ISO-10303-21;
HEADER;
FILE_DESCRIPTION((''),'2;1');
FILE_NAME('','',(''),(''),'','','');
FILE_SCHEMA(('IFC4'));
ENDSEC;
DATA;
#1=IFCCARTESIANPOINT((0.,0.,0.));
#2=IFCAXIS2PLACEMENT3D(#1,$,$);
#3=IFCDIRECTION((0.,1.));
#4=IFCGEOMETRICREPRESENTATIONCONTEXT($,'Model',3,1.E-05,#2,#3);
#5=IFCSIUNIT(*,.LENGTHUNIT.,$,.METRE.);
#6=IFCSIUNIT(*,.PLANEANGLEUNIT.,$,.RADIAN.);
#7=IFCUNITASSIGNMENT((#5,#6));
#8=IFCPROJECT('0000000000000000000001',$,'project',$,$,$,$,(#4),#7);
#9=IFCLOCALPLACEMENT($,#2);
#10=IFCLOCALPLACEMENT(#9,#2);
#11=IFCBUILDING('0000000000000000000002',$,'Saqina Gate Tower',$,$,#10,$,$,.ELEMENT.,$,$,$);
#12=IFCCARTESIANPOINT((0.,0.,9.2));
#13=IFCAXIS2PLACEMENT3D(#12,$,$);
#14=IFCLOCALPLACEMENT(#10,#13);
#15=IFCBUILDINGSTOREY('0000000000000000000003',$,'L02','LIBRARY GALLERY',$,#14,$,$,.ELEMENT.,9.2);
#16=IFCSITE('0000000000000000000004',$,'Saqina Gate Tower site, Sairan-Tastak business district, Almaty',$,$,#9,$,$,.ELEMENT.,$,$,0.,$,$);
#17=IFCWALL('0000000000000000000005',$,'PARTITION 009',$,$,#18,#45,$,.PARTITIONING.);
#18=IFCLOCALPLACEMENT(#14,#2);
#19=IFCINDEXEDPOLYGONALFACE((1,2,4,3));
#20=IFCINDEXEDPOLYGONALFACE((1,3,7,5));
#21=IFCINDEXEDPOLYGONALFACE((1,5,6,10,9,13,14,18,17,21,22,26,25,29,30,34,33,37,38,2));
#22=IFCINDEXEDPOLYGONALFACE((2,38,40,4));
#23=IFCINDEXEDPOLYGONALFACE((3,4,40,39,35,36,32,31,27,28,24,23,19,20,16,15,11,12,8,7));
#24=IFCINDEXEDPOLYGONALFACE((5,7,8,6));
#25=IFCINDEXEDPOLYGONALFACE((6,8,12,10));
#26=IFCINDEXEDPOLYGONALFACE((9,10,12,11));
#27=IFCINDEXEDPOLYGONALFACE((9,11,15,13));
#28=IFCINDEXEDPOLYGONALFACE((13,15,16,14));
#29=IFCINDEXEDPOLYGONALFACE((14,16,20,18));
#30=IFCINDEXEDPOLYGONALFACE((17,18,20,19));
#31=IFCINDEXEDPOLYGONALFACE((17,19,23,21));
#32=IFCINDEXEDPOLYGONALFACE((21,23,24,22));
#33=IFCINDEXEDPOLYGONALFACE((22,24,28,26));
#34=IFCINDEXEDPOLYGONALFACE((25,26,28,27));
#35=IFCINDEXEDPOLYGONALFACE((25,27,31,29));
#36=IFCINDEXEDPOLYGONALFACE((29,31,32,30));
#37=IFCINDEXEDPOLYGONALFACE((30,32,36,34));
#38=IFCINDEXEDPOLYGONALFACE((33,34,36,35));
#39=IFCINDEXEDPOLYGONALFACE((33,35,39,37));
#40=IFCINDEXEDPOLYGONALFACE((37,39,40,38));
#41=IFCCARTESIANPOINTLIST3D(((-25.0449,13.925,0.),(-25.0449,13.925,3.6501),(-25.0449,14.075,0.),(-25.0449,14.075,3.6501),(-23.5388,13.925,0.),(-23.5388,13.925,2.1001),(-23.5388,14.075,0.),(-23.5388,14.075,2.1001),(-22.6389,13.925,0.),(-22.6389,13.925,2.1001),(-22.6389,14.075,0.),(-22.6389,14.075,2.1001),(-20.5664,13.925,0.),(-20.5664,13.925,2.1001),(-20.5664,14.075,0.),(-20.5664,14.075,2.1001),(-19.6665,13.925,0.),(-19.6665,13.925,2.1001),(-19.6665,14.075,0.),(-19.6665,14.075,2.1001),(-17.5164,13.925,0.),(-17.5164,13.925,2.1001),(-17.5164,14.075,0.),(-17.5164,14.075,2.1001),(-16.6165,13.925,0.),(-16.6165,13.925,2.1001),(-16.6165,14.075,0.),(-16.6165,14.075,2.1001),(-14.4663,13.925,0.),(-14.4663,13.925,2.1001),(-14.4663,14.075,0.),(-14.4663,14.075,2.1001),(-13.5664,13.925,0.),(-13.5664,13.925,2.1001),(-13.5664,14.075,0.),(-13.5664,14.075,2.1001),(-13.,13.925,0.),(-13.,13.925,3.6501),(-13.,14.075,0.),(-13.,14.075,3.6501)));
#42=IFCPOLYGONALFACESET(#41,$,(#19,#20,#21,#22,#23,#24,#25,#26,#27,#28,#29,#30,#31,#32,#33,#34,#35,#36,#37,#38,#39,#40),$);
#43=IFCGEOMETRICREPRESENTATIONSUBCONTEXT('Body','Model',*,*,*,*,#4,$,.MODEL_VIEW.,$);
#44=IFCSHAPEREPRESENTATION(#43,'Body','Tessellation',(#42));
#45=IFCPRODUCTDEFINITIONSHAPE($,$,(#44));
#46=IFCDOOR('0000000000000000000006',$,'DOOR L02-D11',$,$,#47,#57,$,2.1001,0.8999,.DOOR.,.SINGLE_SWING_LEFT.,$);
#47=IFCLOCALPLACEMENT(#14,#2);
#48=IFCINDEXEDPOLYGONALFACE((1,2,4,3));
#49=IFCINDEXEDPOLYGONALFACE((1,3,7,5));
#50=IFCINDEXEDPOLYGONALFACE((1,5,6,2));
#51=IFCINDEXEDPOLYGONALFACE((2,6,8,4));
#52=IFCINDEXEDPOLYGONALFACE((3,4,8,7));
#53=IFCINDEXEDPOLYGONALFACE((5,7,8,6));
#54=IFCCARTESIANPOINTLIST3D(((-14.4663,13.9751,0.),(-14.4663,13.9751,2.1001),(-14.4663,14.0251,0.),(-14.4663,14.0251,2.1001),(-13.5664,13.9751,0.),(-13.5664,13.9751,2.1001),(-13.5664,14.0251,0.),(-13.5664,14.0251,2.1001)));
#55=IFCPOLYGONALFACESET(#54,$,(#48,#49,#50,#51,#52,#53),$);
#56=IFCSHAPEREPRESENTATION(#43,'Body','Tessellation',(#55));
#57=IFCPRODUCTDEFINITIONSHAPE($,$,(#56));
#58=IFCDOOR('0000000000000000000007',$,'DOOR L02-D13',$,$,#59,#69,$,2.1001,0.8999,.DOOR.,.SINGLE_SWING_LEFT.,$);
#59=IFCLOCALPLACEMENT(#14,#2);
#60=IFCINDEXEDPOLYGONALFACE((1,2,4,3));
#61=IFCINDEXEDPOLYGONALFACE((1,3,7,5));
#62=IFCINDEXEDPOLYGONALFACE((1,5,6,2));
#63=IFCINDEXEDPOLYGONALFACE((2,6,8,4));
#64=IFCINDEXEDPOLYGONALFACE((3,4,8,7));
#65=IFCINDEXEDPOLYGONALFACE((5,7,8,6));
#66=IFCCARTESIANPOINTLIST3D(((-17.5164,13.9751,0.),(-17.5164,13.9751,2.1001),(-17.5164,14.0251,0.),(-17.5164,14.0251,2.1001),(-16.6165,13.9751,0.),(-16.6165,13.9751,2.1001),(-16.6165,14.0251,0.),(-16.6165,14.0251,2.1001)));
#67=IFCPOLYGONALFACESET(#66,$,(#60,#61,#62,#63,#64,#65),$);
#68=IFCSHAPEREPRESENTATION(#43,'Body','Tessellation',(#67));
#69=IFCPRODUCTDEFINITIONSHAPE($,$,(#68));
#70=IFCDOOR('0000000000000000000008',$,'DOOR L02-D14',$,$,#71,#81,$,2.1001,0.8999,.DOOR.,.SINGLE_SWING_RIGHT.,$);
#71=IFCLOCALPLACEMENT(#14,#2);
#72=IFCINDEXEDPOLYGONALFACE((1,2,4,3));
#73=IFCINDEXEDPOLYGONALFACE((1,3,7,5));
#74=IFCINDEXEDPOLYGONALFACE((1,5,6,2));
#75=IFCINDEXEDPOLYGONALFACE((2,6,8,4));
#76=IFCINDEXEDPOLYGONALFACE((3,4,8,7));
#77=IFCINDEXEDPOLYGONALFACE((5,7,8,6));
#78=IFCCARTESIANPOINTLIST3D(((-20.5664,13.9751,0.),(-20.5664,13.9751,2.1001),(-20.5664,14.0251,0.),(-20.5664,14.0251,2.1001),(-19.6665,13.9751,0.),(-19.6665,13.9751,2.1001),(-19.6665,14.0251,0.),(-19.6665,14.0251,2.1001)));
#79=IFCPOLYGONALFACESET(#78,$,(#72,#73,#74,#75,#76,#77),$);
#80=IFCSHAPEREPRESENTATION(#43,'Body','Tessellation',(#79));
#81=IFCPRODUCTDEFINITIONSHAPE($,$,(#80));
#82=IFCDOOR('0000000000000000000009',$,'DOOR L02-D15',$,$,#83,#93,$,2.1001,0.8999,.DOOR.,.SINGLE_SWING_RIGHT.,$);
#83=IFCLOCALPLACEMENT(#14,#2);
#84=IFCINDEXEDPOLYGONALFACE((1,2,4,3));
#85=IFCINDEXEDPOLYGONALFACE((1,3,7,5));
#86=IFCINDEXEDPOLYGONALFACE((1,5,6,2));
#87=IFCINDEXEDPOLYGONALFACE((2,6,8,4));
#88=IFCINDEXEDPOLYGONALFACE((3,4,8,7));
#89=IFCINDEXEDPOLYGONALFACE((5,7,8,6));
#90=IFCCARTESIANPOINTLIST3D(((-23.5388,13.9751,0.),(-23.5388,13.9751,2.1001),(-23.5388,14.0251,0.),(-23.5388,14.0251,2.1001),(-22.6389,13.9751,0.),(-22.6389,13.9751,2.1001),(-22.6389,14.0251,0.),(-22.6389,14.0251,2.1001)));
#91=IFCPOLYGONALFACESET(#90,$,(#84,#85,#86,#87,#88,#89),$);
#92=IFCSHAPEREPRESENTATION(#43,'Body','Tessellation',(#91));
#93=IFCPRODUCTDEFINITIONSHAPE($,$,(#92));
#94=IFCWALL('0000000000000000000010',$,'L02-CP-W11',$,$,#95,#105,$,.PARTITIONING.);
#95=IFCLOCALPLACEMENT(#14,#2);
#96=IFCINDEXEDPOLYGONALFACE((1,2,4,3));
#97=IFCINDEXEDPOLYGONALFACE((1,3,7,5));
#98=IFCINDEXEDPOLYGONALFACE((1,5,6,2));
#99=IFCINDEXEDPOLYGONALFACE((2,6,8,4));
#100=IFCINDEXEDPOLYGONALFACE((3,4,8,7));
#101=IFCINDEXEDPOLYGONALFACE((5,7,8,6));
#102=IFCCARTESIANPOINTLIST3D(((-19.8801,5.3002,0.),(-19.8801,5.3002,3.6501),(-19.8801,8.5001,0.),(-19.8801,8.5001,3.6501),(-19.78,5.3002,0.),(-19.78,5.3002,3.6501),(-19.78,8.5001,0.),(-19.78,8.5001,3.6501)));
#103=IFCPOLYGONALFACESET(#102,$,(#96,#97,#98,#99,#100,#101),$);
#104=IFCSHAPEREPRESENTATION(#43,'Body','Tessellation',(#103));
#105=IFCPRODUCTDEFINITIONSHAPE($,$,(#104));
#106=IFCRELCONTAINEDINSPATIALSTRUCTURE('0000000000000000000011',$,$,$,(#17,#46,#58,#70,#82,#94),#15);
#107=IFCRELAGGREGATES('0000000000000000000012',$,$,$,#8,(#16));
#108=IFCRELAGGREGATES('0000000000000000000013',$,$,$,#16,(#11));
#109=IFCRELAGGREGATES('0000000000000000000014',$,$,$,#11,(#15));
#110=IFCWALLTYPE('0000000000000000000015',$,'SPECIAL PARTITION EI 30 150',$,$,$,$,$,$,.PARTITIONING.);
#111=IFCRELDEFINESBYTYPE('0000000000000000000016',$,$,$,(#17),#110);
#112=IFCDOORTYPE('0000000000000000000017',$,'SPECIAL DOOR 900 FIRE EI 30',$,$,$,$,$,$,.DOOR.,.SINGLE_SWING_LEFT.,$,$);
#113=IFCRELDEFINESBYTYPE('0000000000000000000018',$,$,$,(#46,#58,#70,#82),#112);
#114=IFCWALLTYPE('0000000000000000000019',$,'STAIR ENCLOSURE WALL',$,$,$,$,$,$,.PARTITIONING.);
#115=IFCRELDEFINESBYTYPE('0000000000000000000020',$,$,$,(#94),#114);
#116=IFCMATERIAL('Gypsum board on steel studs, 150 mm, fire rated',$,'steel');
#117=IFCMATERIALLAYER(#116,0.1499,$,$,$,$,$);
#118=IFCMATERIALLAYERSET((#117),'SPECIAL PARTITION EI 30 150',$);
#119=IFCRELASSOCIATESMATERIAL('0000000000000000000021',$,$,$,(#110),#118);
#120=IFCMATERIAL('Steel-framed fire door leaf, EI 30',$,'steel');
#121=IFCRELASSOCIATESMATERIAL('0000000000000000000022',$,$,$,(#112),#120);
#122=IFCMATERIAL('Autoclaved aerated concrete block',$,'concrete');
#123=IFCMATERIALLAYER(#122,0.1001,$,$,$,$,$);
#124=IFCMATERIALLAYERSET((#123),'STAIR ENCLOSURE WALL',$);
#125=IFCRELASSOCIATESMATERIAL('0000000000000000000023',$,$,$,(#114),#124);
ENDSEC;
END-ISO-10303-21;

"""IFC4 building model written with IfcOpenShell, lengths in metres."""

from ifc_helpers import new_model, si_unit, direction, frame, frame_2d, origin, place, context, subcontext, project, spatial, rectangle, extrude, material, layer, layer_set, type_object, element, fill, save


model = new_model("IFC4")

# Units and contexts
model_context = context("Model", 3, precision=1e-05, world=origin(), true_north=direction((0.0, 1.0)))
body_context = subcontext(model_context, "Body", "Model", "MODEL_VIEW")
ifc_project = project(units=[si_unit("LENGTHUNIT", "METRE"), si_unit("PLANEANGLEUNIT", "RADIAN")], contexts=[model_context])

# Site, building, storey
site_placement = place(None, origin())
site = spatial("IfcSite", under=ifc_project, at=site_placement, Name="Saqina Gate Tower site, Sairan-Tastak business district, Almaty", CompositionType="ELEMENT", RefElevation=0.0)
building_placement = place(site_placement, origin())
building = spatial("IfcBuilding", under=site, at=building_placement, Name="Saqina Gate Tower", CompositionType="ELEMENT")
storey_placement = place(building_placement, frame((0.0, 0.0, 9.2)))
storey = spatial("IfcBuildingStorey", under=building, at=storey_placement, Name="L02", Description="LIBRARY GALLERY", CompositionType="ELEMENT", Elevation=9.2)

# Wall, openings, doors
ifc_material_1 = material(Name="Gypsum board on steel studs, 150 mm, fire rated", Category="steel")
ifc_layer_1 = layer(ifc_material_1, 0.1499)
ifc_layer_set_1 = layer_set([ifc_layer_1], Name="SPECIAL PARTITION EI 30 150")
wall_type_1 = type_object("IfcWallType", Name="SPECIAL PARTITION EI 30 150", PredefinedType="PARTITIONING", material=ifc_layer_set_1)
wall_1_placement = place(storey_placement, frame((-25.0449, 14.0, 0.0), z_axis=(0.0, 0.0, 1.0), x_axis=(1.0, 0.0, 0.0)))
wall_1 = element("IfcWall", 1, at=wall_1_placement, inside=storey, type_object=wall_type_1, Name="PARTITION 009", PredefinedType="PARTITIONING", context=body_context, shape_type="SweptSolid", body=[
    extrude(rectangle(XDim=12.0449, YDim=0.1499, at=frame_2d((6.0225, 0.0))), origin(), (0.0, 0.0, 1.0), 3.6501),
])
opening_1_placement = place(wall_1_placement, frame((10.5786, 0.0, 0.0)))
opening_1 = element("IfcOpeningElement", 2, at=opening_1_placement, cuts=wall_1, PredefinedType="OPENING", context=body_context, shape_type="SweptSolid", body=[
    extrude(rectangle(XDim=0.8999, YDim=2.1001, at=frame_2d((0.45, 1.05))), frame((0.0, 0.0869, 0.0), z_axis=(0.0, -1.0, 0.0), x_axis=(1.0, 0.0, 0.0)), (0.0, 0.0, 1.0), 0.1738),
])
opening_2_placement = place(wall_1_placement, frame((7.5286, 0.0, 0.0)))
opening_2 = element("IfcOpeningElement", 3, at=opening_2_placement, cuts=wall_1, PredefinedType="OPENING", context=body_context, shape_type="SweptSolid", body=[
    extrude(rectangle(XDim=0.8999, YDim=2.1001, at=frame_2d((0.45, 1.05))), frame((0.0, 0.0869, 0.0), z_axis=(0.0, -1.0, 0.0), x_axis=(1.0, 0.0, 0.0)), (0.0, 0.0, 1.0), 0.1738),
])
opening_3_placement = place(wall_1_placement, frame((4.4785, 0.0, 0.0)))
opening_3 = element("IfcOpeningElement", 4, at=opening_3_placement, cuts=wall_1, PredefinedType="OPENING", context=body_context, shape_type="SweptSolid", body=[
    extrude(rectangle(XDim=0.8999, YDim=2.1001, at=frame_2d((0.45, 1.05))), frame((0.0, 0.0869, 0.0), z_axis=(0.0, -1.0, 0.0), x_axis=(1.0, 0.0, 0.0)), (0.0, 0.0, 1.0), 0.1738),
])
opening_4_placement = place(wall_1_placement, frame((1.5061, 0.0, 0.0)))
opening_4 = element("IfcOpeningElement", 5, at=opening_4_placement, cuts=wall_1, PredefinedType="OPENING", context=body_context, shape_type="SweptSolid", body=[
    extrude(rectangle(XDim=0.8999, YDim=2.1001, at=frame_2d((0.45, 1.05))), frame((0.0, 0.0869, 0.0), z_axis=(0.0, -1.0, 0.0), x_axis=(1.0, 0.0, 0.0)), (0.0, 0.0, 1.0), 0.1738),
])
ifc_material_2 = material(Name="Steel-framed fire door leaf, EI 30", Category="steel")
door_type_1 = type_object("IfcDoorType", Name="SPECIAL DOOR 900 FIRE EI 30", OperationType="SINGLE_SWING_LEFT", PredefinedType="DOOR", material=ifc_material_2)
door_1_placement = place(opening_1_placement, frame((0.8999, 0.0, 0.0), z_axis=(0.0, 0.0, 1.0), x_axis=(-1.0, 0.0, 0.0)))
door_1 = element("IfcDoor", 6, at=door_1_placement, inside=storey, type_object=door_type_1, Name="DOOR L02-D11", OperationType="SINGLE_SWING_LEFT", OverallHeight=2.1001, OverallWidth=0.8999, PredefinedType="DOOR", context=body_context, shape_type="SweptSolid", body=[
    extrude(rectangle(XDim=0.8999, YDim=2.1001, at=frame_2d((0.45, 1.05))), frame((0.0, 0.0249, 0.0), z_axis=(0.0, -1.0, 0.0), x_axis=(1.0, 0.0, 0.0)), (0.0, 0.0, 1.0), 0.05),
])
fill(opening_1, door_1)
door_2_placement = place(opening_2_placement, frame((0.8999, 0.0, 0.0), z_axis=(0.0, 0.0, 1.0), x_axis=(-1.0, 0.0, 0.0)))
door_2 = element("IfcDoor", 7, at=door_2_placement, inside=storey, type_object=door_type_1, Name="DOOR L02-D13", OperationType="SINGLE_SWING_LEFT", OverallHeight=2.1001, OverallWidth=0.8999, PredefinedType="DOOR", context=body_context, shape_type="SweptSolid", body=[
    extrude(rectangle(XDim=0.8999, YDim=2.1001, at=frame_2d((0.45, 1.05))), frame((0.0, 0.0249, 0.0), z_axis=(0.0, -1.0, 0.0), x_axis=(1.0, 0.0, 0.0)), (0.0, 0.0, 1.0), 0.05),
])
fill(opening_2, door_2)
door_3_placement = place(opening_3_placement, frame((0.8999, 0.0, 0.0), z_axis=(0.0, 0.0, 1.0), x_axis=(-1.0, 0.0, 0.0)))
door_3 = element("IfcDoor", 8, at=door_3_placement, inside=storey, type_object=door_type_1, Name="DOOR L02-D14", OperationType="SINGLE_SWING_RIGHT", OverallHeight=2.1001, OverallWidth=0.8999, PredefinedType="DOOR", context=body_context, shape_type="SweptSolid", body=[
    extrude(rectangle(XDim=0.8999, YDim=2.1001, at=frame_2d((0.45, 1.05))), frame((0.0, 0.0249, 0.0), z_axis=(0.0, -1.0, 0.0), x_axis=(1.0, 0.0, 0.0)), (0.0, 0.0, 1.0), 0.05),
])
fill(opening_3, door_3)
door_4_placement = place(opening_4_placement, frame((0.8999, 0.0, 0.0), z_axis=(0.0, 0.0, 1.0), x_axis=(-1.0, 0.0, 0.0)))
door_4 = element("IfcDoor", 9, at=door_4_placement, inside=storey, type_object=door_type_1, Name="DOOR L02-D15", OperationType="SINGLE_SWING_RIGHT", OverallHeight=2.1001, OverallWidth=0.8999, PredefinedType="DOOR", context=body_context, shape_type="SweptSolid", body=[
    extrude(rectangle(XDim=0.8999, YDim=2.1001, at=frame_2d((0.45, 1.05))), frame((0.0, 0.0249, 0.0), z_axis=(0.0, -1.0, 0.0), x_axis=(1.0, 0.0, 0.0)), (0.0, 0.0, 1.0), 0.05),
])
fill(opening_4, door_4)

# Wall
ifc_material_3 = material(Name="Autoclaved aerated concrete block", Category="concrete")
ifc_layer_2 = layer(ifc_material_3, 0.1001)
ifc_layer_set_2 = layer_set([ifc_layer_2], Name="STAIR ENCLOSURE WALL")
wall_type_2 = type_object("IfcWallType", Name="STAIR ENCLOSURE WALL", PredefinedType="PARTITIONING", material=ifc_layer_set_2)
wall_2_placement = place(storey_placement, frame((-19.8301, 5.3, 0.0), z_axis=(0.0, 0.0, 1.0), x_axis=(0.0, 1.0, 0.0)))
element("IfcWall", 10, at=wall_2_placement, inside=storey, type_object=wall_type_2, Name="L02-CP-W11", PredefinedType="PARTITIONING", context=body_context, shape_type="SweptSolid", body=[
    extrude(rectangle(XDim=3.2, YDim=0.1001, at=frame_2d((1.6001, 0.0))), origin(), (0.0, 0.0, 1.0), 3.6501),
])

save(model, "model.ifc")
